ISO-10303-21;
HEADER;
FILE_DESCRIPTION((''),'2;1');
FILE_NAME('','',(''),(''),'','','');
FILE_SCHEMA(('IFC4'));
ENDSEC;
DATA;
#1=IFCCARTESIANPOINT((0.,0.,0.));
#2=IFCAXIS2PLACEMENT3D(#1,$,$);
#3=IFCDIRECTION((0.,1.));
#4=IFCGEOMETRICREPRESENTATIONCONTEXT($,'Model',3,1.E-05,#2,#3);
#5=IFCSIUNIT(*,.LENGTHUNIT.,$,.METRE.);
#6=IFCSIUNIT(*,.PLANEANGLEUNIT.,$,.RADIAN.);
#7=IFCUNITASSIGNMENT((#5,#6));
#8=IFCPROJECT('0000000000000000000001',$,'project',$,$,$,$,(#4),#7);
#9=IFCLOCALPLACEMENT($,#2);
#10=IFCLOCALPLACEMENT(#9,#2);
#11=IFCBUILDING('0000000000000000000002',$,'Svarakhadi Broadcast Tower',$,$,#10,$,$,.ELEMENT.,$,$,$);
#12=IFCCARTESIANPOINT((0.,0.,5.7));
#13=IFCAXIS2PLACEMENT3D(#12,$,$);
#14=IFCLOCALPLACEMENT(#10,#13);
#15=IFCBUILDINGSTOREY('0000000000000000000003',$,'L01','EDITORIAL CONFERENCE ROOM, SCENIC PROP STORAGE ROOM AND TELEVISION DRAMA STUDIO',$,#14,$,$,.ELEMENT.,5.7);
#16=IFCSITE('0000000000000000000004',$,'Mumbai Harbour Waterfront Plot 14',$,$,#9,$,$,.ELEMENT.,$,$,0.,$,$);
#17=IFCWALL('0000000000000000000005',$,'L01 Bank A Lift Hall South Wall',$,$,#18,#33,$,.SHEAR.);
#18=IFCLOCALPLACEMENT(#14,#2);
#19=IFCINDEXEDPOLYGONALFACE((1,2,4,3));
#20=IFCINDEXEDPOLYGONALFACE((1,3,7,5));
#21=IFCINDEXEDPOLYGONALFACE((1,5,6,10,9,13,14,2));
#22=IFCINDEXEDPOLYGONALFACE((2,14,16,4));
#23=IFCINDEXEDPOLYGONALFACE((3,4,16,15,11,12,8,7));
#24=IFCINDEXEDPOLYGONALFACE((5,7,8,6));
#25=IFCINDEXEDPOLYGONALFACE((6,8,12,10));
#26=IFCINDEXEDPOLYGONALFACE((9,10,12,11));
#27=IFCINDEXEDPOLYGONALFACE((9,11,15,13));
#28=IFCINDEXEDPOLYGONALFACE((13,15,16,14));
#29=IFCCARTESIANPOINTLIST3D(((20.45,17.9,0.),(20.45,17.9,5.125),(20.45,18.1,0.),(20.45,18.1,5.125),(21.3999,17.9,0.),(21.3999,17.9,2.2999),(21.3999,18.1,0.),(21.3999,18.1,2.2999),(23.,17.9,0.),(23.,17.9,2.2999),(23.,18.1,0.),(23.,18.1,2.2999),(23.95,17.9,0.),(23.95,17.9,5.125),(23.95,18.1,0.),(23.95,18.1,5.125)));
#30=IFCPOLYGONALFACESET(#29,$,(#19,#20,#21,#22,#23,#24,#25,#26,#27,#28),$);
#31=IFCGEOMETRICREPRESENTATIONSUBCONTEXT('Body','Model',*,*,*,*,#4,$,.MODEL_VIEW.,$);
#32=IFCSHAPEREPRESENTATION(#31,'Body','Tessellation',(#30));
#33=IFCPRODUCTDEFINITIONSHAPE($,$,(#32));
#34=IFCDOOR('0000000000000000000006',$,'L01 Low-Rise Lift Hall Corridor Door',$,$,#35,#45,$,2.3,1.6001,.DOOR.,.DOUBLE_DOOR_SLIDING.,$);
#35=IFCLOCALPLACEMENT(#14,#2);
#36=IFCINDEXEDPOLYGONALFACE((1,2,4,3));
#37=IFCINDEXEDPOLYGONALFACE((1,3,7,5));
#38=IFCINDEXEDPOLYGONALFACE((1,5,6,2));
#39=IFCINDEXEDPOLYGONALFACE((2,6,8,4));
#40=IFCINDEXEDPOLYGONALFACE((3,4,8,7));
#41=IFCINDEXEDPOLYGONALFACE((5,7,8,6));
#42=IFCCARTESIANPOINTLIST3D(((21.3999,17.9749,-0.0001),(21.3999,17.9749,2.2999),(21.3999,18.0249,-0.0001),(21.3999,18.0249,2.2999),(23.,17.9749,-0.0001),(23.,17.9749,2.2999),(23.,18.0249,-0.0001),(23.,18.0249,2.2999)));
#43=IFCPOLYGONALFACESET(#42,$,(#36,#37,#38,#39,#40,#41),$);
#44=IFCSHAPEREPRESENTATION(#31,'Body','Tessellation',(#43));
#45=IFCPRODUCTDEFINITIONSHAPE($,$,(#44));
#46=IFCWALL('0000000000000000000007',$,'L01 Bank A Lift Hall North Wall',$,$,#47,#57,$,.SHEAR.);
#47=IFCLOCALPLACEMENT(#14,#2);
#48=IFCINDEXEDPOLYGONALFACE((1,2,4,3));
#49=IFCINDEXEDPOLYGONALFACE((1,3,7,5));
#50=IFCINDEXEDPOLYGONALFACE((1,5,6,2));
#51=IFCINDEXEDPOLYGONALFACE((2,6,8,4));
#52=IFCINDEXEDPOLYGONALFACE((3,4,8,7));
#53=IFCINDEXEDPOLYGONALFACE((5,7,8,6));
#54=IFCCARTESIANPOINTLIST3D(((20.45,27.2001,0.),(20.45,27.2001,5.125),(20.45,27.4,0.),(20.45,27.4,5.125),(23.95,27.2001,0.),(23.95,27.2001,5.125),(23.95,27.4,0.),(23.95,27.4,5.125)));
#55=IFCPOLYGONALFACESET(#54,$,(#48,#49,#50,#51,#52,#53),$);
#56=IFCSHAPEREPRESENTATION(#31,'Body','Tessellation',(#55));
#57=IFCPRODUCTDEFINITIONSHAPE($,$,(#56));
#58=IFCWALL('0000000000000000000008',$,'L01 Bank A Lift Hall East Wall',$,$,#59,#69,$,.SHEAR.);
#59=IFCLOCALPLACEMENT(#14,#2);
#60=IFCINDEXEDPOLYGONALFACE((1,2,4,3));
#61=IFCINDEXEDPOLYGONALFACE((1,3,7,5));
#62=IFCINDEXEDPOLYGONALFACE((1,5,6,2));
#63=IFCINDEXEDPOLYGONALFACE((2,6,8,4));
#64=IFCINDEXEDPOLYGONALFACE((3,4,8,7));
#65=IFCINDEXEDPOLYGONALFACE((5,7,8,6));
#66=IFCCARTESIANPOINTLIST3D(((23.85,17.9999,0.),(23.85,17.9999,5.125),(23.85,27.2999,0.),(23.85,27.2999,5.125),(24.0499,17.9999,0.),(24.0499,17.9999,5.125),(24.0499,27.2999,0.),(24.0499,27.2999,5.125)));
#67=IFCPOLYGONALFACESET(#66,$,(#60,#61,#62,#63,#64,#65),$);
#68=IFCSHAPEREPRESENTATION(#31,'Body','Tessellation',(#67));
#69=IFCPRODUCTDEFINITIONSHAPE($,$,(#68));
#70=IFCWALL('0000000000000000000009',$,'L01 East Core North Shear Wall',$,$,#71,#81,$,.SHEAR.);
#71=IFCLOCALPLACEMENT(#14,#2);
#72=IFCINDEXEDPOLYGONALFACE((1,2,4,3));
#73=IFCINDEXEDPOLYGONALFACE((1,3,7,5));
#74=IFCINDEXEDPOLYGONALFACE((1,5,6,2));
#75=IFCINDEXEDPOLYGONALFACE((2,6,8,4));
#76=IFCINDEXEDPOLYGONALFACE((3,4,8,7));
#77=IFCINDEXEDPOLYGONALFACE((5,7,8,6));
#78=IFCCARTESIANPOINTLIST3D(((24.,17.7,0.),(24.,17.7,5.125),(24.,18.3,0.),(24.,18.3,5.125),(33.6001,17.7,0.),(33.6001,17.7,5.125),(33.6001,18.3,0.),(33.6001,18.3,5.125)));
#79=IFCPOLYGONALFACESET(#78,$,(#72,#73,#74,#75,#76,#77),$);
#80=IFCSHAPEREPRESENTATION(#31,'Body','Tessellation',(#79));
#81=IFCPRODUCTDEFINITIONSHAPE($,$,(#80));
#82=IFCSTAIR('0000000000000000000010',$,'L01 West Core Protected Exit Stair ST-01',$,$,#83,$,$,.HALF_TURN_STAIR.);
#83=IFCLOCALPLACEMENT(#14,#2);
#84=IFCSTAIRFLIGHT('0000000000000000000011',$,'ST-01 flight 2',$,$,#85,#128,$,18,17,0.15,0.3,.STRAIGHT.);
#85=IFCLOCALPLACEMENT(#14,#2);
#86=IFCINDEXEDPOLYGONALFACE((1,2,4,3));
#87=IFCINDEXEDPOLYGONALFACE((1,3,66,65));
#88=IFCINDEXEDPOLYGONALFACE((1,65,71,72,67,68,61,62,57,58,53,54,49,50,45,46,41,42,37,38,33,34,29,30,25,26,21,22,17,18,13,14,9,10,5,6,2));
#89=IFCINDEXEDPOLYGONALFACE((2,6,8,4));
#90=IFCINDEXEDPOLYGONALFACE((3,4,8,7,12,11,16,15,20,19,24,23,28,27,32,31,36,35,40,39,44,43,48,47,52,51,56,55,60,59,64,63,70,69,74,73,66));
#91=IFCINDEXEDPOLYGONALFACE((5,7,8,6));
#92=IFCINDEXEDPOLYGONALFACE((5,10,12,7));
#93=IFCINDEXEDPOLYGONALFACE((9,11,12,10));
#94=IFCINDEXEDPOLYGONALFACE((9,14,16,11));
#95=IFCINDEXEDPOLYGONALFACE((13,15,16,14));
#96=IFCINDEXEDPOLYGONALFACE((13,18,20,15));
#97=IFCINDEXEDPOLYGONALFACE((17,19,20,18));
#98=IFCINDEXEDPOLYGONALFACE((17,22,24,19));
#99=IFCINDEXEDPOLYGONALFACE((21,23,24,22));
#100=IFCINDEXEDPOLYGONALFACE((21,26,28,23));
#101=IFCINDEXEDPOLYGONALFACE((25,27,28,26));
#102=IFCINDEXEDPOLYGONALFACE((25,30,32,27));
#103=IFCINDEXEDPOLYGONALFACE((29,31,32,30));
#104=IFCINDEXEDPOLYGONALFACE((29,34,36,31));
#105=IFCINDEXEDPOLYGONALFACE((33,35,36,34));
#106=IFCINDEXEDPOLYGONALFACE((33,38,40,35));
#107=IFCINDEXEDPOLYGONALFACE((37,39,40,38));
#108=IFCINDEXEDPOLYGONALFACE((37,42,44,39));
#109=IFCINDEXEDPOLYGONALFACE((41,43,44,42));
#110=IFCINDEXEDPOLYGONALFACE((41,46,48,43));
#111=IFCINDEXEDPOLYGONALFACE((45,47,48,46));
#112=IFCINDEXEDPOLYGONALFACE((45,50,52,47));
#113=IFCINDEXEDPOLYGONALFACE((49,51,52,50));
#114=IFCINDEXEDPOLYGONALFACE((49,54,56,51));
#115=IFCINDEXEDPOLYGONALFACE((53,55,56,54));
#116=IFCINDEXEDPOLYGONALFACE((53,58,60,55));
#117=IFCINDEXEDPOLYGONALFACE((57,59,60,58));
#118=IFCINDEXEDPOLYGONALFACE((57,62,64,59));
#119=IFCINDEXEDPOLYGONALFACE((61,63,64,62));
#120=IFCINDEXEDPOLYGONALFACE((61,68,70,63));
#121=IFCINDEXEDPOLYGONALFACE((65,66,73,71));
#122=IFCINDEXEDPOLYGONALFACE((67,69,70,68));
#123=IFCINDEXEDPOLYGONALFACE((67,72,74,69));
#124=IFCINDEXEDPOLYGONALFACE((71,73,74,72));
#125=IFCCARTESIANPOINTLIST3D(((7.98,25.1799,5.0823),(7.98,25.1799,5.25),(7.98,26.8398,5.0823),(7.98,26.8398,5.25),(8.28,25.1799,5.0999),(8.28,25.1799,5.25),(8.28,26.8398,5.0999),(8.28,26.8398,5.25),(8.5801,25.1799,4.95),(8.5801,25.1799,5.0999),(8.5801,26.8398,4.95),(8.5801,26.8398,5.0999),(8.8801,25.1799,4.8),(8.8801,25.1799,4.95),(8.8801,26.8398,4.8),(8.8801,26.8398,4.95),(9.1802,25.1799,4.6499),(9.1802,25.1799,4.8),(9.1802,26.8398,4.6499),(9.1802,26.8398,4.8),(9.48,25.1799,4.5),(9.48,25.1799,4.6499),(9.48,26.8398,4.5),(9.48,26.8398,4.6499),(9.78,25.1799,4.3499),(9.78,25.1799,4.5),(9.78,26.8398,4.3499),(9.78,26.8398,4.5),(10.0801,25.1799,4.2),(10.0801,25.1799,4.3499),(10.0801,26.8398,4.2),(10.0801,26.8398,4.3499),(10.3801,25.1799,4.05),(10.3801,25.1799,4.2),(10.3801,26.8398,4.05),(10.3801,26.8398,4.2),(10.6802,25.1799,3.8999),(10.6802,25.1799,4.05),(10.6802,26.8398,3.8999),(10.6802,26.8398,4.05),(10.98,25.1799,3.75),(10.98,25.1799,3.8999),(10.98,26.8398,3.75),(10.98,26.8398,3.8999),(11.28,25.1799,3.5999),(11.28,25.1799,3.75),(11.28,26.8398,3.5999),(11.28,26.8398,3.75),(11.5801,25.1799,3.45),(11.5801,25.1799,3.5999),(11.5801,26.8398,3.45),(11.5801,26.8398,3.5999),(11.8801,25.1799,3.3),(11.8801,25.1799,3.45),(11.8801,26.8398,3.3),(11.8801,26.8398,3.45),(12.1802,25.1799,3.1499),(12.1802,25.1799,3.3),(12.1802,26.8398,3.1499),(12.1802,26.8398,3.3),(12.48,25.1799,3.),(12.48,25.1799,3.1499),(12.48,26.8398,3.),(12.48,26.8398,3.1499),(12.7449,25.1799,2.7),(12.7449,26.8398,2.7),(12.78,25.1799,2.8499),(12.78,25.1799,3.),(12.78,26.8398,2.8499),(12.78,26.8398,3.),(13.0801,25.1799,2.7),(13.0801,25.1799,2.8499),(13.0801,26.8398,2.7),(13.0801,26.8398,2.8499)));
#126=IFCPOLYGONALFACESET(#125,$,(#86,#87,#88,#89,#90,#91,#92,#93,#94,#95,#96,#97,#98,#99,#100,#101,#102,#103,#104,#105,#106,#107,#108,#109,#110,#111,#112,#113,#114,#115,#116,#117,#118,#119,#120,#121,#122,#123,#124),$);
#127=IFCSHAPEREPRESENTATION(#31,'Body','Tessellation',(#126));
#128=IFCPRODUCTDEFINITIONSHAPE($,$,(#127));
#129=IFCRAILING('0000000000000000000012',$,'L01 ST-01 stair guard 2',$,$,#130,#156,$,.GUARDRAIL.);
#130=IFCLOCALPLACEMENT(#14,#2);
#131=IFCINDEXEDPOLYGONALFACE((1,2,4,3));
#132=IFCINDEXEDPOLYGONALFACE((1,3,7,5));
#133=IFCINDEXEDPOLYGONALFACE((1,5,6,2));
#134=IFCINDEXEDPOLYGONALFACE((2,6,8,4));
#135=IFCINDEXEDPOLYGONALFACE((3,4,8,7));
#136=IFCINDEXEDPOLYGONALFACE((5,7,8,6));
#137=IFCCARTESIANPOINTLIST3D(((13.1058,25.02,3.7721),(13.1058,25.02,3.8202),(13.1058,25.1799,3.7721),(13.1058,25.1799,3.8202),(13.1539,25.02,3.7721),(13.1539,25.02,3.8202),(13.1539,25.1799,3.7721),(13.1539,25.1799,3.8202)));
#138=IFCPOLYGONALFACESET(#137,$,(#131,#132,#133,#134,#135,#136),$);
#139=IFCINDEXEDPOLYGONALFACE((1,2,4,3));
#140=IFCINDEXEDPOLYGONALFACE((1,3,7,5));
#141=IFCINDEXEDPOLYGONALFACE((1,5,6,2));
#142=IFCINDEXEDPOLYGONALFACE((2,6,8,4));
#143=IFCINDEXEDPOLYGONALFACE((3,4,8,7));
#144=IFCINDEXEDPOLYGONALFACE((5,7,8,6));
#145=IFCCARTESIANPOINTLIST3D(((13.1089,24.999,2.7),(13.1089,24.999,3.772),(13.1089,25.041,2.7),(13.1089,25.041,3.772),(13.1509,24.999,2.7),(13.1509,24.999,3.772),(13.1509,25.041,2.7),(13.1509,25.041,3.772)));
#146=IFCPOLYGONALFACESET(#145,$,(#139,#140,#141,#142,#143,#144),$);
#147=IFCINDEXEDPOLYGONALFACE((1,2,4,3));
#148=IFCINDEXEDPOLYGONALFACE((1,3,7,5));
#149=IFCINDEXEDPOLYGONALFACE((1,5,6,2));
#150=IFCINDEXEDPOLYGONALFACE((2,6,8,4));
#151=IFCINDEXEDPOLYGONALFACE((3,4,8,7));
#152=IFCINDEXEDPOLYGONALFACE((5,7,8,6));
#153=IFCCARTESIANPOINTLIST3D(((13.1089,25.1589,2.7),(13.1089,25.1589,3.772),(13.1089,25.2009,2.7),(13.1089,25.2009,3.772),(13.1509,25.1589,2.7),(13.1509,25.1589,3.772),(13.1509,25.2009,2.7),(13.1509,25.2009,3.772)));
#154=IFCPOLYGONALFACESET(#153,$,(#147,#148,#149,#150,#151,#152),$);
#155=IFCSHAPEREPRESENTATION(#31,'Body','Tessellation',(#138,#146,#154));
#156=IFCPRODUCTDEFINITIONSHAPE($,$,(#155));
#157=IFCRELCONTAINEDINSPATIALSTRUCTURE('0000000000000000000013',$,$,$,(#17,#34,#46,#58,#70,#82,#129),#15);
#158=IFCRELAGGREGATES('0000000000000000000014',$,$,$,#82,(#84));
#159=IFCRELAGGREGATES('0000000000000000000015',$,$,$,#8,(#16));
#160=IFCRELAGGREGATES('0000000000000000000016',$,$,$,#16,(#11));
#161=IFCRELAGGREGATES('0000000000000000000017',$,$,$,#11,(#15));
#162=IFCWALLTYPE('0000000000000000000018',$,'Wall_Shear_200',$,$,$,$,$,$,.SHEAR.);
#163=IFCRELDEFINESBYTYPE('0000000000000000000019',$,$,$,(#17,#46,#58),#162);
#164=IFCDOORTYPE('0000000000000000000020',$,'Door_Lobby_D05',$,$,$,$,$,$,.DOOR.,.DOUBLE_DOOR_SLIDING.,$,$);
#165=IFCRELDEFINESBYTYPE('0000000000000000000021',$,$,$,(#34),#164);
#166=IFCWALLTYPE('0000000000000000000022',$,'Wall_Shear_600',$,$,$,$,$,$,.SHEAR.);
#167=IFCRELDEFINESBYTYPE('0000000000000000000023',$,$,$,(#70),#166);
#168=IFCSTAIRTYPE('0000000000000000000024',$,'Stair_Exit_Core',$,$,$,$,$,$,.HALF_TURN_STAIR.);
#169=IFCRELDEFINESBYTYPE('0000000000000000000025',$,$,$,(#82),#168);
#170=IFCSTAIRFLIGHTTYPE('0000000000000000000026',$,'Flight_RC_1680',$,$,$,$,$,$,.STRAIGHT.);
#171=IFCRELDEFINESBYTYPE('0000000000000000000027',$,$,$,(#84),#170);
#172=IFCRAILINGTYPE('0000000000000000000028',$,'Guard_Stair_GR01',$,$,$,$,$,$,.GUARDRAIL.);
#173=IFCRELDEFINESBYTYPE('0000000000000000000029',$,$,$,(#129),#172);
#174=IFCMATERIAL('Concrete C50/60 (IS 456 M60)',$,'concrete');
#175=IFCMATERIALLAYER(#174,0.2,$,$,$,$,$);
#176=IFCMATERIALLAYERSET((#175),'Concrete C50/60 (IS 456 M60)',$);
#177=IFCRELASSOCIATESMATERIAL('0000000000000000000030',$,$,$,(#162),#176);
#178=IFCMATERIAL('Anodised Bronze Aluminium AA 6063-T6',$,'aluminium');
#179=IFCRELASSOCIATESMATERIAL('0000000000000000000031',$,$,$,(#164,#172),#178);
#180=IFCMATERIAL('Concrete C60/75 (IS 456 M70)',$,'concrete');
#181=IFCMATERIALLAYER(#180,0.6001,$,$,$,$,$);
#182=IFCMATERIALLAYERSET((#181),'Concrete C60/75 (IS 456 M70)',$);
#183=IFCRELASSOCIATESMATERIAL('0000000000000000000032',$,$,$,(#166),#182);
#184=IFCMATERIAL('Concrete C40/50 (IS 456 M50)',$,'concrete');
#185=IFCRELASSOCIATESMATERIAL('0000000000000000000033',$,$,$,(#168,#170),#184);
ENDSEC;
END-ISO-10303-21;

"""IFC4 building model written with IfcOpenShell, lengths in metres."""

from ifc_helpers import new_model, si_unit, direction, frame, frame_2d, origin, origin_2d, place, context, subcontext, project, spatial, polyline, rectangle, outline, extrude, material, layer, layer_set, type_object, element, fill, aggregate, save


model = new_model("IFC4")

# Units and contexts
model_context = context("Model", 3, precision=1e-05, world=origin(), true_north=direction((0.0, 1.0)))
body_context = subcontext(model_context, "Body", "Model", "MODEL_VIEW")
ifc_project = project(units=[si_unit("LENGTHUNIT", "METRE"), si_unit("PLANEANGLEUNIT", "RADIAN")], contexts=[model_context])

# Site, building, storey
site_placement = place(None, origin())
site = spatial("IfcSite", under=ifc_project, at=site_placement, Name="Mumbai Harbour Waterfront Plot 14", CompositionType="ELEMENT", RefElevation=0.0)
building_placement = place(site_placement, origin())
building = spatial("IfcBuilding", under=site, at=building_placement, Name="Svarakhadi Broadcast Tower", CompositionType="ELEMENT")
storey_placement = place(building_placement, frame((0.0, 0.0, 5.7)))
storey = spatial("IfcBuildingStorey", under=building, at=storey_placement, Name="L01", Description="EDITORIAL CONFERENCE ROOM, SCENIC PROP STORAGE ROOM AND TELEVISION DRAMA STUDIO", CompositionType="ELEMENT", Elevation=5.7)

# Shared definitions
ifc_material_1 = material(Name="Concrete C60/75 (IS 456 M70)", Category="concrete")

# Shared definitions
ifc_material_2 = material(Name="Concrete C50/60 (IS 456 M60)", Category="concrete")
ifc_layer_1 = layer(ifc_material_2, 0.2)
ifc_layer_set_1 = layer_set([ifc_layer_1], Name="Concrete C50/60 (IS 456 M60)")
wall_type_1 = type_object("IfcWallType", Name="Wall_Shear_200", PredefinedType="SHEAR", material=ifc_layer_set_1)

# Wall, opening, door
wall_1_placement = place(storey_placement, frame((20.45, 18.0, 0.0), z_axis=(0.0, 0.0, 1.0), x_axis=(1.0, 0.0, 0.0)))
wall_1 = element("IfcWall", 1, at=wall_1_placement, inside=storey, type_object=wall_type_1, Name="L01 Bank A Lift Hall South Wall", PredefinedType="SHEAR", context=body_context, shape_type="SweptSolid", body=[
    extrude(rectangle(XDim=3.5, YDim=0.2, at=frame_2d((1.75, 0.0))), origin(), (0.0, 0.0, 1.0), 5.125),
])
opening_placement = place(wall_1_placement, frame((0.95, 0.0, 0.0)))
opening = element("IfcOpeningElement", 2, at=opening_placement, cuts=wall_1, PredefinedType="OPENING", context=body_context, shape_type="SweptSolid", body=[
    extrude(rectangle(XDim=1.6001, YDim=2.3, at=frame_2d((0.8, 1.1499))), frame((0.0, 0.1099, 0.0), z_axis=(0.0, -1.0, 0.0), x_axis=(1.0, 0.0, 0.0)), (0.0, 0.0, 1.0), 0.22),
])
ifc_material_3 = material(Name="Anodised Bronze Aluminium AA 6063-T6", Category="aluminium")
door_type = type_object("IfcDoorType", Name="Door_Lobby_D05", OperationType="DOUBLE_DOOR_SLIDING", PredefinedType="DOOR", material=ifc_material_3)
door_placement = place(opening_placement, origin())
door = element("IfcDoor", 3, at=door_placement, inside=storey, type_object=door_type, Name="L01 Low-Rise Lift Hall Corridor Door", OperationType="DOUBLE_DOOR_SLIDING", OverallHeight=2.3, OverallWidth=1.6001, PredefinedType="DOOR", context=body_context, shape_type="SweptSolid", body=[
    extrude(rectangle(XDim=1.6001, YDim=2.3, at=frame_2d((0.8, 1.1499))), frame((0.0, 0.0249, 0.0), z_axis=(0.0, -1.0, 0.0), x_axis=(1.0, 0.0, 0.0)), (0.0, 0.0, 1.0), 0.05),
])
fill(opening, door)

# Walls
wall_2_placement = place(storey_placement, frame((20.45, 27.3, 0.0), z_axis=(0.0, 0.0, 1.0), x_axis=(1.0, 0.0, 0.0)))
element("IfcWall", 4, at=wall_2_placement, inside=storey, type_object=wall_type_1, Name="L01 Bank A Lift Hall North Wall", PredefinedType="SHEAR", context=body_context, shape_type="SweptSolid", body=[
    extrude(rectangle(XDim=3.5, YDim=0.2, at=frame_2d((1.75, 0.0))), origin(), (0.0, 0.0, 1.0), 5.125),
])
wall_3_placement = place(storey_placement, frame((23.95, 18.0, 0.0), z_axis=(0.0, 0.0, 1.0), x_axis=(0.0, 1.0, 0.0)))
element("IfcWall", 5, at=wall_3_placement, inside=storey, type_object=wall_type_1, Name="L01 Bank A Lift Hall East Wall", PredefinedType="SHEAR", context=body_context, shape_type="SweptSolid", body=[
    extrude(rectangle(XDim=9.3, YDim=0.2, at=frame_2d((4.6499, 0.0))), origin(), (0.0, 0.0, 1.0), 5.125),
])
ifc_layer_2 = layer(ifc_material_1, 0.6001)
ifc_layer_set_2 = layer_set([ifc_layer_2], Name="Concrete C60/75 (IS 456 M70)")
wall_type_2 = type_object("IfcWallType", Name="Wall_Shear_600", PredefinedType="SHEAR", material=ifc_layer_set_2)
wall_4_placement = place(storey_placement, frame((24.0, 18.0, 0.0), z_axis=(0.0, 0.0, 1.0), x_axis=(1.0, 0.0, 0.0)))
element("IfcWall", 6, at=wall_4_placement, inside=storey, type_object=wall_type_2, Name="L01 East Core North Shear Wall", PredefinedType="SHEAR", context=body_context, shape_type="SweptSolid", body=[
    extrude(rectangle(XDim=9.6001, YDim=0.6001, at=frame_2d((4.8, 0.0))), origin(), (0.0, 0.0, 1.0), 5.125),
])

# Stair, stair flight
ifc_material_4 = material(Name="Concrete C40/50 (IS 456 M50)", Category="concrete")
stair_type = type_object("IfcStairType", Name="Stair_Exit_Core", PredefinedType="HALF_TURN_STAIR", material=ifc_material_4)
stair_placement = place(storey_placement, origin())
stair = element("IfcStair", 7, at=stair_placement, inside=storey, type_object=stair_type, Name="L01 West Core Protected Exit Stair ST-01", PredefinedType="HALF_TURN_STAIR")
stair_flight_type = type_object("IfcStairFlightType", Name="Flight_RC_1680", PredefinedType="STRAIGHT", material=ifc_material_4)
stair_flight_placement = place(storey_placement, frame((13.0801, 26.01, 2.7), z_axis=(0.0, 0.0, 1.0), x_axis=(-1.0, 0.0, 0.0)))
stair_flight = element("IfcStairFlight", 8, at=stair_flight_placement, type_object=stair_flight_type, Name="ST-01 flight 2", NumberOfRisers=18, NumberOfTreads=17, PredefinedType="STRAIGHT", RiserHeight=0.15, TreadLength=0.3, context=body_context, shape_type="SweptSolid", body=[
    extrude(outline(polyline([(0.0, 0.0), (0.0, 0.1499), (0.3, 0.1499), (0.3, 0.3), (0.6001, 0.3), (0.6001, 0.45), (0.8999, 0.45), (0.8999, 0.6001), (1.2, 0.6001), (1.2, 0.75), (1.5, 0.75), (1.5, 0.8999), (1.8, 0.8999), (1.8, 1.05), (2.1001, 1.05), (2.1001, 1.2), (2.3999, 1.2), (2.3999, 1.3501), (2.7, 1.3501), (2.7, 1.5), (3.0, 1.5), (3.0, 1.6499), (3.3, 1.6499), (3.3, 1.8), (3.6001, 1.8), (3.6001, 1.95), (3.8999, 1.95), (3.8999, 2.1001), (4.2, 2.1001), (4.2, 2.25), (4.5, 2.25), (4.5, 2.3999), (4.8, 2.3999), (4.8, 2.55), (5.1001, 2.55), (5.1001, 2.7), (5.1001, 2.3823), (0.3352, 0.0), (0.0, 0.0)])), frame((0.0, 0.8301, 0.0), z_axis=(0.0, -1.0, 0.0), x_axis=(1.0, 0.0, 0.0)), (0.0, 0.0, 1.0), 1.6599),
])
aggregate(stair, [stair_flight])

# Railing
railing_type_1 = type_object("IfcRailingType", Name="Guard_Stair_GR01", PredefinedType="GUARDRAIL", material=ifc_material_3)
railing_1_placement = place(storey_placement, frame((13.1299, 25.02, 2.7)))
element("IfcRailing", 9, at=railing_1_placement, inside=storey, type_object=railing_type_1, Name="L01 ST-01 stair guard 2", PredefinedType="GUARDRAIL", context=body_context, shape_type="SweptSolid", body=[
    extrude(rectangle(XDim=0.0481, YDim=0.0481, at=origin_2d()), frame((0.0, 0.0, 1.0962), z_axis=(0.0, 1.0, 0.0), x_axis=(-1.0, 0.0, 0.0)), (0.0, 0.0, 1.0), 0.1599),
    extrude(rectangle(XDim=0.042, YDim=0.042, at=origin_2d()), origin(), (0.0, 0.0, 1.0), 1.072),
    extrude(rectangle(XDim=0.042, YDim=0.042, at=origin_2d()), frame((0.0, 0.1599, 0.0)), (0.0, 0.0, 1.0), 1.072),
])

save(model, "model.ifc")
